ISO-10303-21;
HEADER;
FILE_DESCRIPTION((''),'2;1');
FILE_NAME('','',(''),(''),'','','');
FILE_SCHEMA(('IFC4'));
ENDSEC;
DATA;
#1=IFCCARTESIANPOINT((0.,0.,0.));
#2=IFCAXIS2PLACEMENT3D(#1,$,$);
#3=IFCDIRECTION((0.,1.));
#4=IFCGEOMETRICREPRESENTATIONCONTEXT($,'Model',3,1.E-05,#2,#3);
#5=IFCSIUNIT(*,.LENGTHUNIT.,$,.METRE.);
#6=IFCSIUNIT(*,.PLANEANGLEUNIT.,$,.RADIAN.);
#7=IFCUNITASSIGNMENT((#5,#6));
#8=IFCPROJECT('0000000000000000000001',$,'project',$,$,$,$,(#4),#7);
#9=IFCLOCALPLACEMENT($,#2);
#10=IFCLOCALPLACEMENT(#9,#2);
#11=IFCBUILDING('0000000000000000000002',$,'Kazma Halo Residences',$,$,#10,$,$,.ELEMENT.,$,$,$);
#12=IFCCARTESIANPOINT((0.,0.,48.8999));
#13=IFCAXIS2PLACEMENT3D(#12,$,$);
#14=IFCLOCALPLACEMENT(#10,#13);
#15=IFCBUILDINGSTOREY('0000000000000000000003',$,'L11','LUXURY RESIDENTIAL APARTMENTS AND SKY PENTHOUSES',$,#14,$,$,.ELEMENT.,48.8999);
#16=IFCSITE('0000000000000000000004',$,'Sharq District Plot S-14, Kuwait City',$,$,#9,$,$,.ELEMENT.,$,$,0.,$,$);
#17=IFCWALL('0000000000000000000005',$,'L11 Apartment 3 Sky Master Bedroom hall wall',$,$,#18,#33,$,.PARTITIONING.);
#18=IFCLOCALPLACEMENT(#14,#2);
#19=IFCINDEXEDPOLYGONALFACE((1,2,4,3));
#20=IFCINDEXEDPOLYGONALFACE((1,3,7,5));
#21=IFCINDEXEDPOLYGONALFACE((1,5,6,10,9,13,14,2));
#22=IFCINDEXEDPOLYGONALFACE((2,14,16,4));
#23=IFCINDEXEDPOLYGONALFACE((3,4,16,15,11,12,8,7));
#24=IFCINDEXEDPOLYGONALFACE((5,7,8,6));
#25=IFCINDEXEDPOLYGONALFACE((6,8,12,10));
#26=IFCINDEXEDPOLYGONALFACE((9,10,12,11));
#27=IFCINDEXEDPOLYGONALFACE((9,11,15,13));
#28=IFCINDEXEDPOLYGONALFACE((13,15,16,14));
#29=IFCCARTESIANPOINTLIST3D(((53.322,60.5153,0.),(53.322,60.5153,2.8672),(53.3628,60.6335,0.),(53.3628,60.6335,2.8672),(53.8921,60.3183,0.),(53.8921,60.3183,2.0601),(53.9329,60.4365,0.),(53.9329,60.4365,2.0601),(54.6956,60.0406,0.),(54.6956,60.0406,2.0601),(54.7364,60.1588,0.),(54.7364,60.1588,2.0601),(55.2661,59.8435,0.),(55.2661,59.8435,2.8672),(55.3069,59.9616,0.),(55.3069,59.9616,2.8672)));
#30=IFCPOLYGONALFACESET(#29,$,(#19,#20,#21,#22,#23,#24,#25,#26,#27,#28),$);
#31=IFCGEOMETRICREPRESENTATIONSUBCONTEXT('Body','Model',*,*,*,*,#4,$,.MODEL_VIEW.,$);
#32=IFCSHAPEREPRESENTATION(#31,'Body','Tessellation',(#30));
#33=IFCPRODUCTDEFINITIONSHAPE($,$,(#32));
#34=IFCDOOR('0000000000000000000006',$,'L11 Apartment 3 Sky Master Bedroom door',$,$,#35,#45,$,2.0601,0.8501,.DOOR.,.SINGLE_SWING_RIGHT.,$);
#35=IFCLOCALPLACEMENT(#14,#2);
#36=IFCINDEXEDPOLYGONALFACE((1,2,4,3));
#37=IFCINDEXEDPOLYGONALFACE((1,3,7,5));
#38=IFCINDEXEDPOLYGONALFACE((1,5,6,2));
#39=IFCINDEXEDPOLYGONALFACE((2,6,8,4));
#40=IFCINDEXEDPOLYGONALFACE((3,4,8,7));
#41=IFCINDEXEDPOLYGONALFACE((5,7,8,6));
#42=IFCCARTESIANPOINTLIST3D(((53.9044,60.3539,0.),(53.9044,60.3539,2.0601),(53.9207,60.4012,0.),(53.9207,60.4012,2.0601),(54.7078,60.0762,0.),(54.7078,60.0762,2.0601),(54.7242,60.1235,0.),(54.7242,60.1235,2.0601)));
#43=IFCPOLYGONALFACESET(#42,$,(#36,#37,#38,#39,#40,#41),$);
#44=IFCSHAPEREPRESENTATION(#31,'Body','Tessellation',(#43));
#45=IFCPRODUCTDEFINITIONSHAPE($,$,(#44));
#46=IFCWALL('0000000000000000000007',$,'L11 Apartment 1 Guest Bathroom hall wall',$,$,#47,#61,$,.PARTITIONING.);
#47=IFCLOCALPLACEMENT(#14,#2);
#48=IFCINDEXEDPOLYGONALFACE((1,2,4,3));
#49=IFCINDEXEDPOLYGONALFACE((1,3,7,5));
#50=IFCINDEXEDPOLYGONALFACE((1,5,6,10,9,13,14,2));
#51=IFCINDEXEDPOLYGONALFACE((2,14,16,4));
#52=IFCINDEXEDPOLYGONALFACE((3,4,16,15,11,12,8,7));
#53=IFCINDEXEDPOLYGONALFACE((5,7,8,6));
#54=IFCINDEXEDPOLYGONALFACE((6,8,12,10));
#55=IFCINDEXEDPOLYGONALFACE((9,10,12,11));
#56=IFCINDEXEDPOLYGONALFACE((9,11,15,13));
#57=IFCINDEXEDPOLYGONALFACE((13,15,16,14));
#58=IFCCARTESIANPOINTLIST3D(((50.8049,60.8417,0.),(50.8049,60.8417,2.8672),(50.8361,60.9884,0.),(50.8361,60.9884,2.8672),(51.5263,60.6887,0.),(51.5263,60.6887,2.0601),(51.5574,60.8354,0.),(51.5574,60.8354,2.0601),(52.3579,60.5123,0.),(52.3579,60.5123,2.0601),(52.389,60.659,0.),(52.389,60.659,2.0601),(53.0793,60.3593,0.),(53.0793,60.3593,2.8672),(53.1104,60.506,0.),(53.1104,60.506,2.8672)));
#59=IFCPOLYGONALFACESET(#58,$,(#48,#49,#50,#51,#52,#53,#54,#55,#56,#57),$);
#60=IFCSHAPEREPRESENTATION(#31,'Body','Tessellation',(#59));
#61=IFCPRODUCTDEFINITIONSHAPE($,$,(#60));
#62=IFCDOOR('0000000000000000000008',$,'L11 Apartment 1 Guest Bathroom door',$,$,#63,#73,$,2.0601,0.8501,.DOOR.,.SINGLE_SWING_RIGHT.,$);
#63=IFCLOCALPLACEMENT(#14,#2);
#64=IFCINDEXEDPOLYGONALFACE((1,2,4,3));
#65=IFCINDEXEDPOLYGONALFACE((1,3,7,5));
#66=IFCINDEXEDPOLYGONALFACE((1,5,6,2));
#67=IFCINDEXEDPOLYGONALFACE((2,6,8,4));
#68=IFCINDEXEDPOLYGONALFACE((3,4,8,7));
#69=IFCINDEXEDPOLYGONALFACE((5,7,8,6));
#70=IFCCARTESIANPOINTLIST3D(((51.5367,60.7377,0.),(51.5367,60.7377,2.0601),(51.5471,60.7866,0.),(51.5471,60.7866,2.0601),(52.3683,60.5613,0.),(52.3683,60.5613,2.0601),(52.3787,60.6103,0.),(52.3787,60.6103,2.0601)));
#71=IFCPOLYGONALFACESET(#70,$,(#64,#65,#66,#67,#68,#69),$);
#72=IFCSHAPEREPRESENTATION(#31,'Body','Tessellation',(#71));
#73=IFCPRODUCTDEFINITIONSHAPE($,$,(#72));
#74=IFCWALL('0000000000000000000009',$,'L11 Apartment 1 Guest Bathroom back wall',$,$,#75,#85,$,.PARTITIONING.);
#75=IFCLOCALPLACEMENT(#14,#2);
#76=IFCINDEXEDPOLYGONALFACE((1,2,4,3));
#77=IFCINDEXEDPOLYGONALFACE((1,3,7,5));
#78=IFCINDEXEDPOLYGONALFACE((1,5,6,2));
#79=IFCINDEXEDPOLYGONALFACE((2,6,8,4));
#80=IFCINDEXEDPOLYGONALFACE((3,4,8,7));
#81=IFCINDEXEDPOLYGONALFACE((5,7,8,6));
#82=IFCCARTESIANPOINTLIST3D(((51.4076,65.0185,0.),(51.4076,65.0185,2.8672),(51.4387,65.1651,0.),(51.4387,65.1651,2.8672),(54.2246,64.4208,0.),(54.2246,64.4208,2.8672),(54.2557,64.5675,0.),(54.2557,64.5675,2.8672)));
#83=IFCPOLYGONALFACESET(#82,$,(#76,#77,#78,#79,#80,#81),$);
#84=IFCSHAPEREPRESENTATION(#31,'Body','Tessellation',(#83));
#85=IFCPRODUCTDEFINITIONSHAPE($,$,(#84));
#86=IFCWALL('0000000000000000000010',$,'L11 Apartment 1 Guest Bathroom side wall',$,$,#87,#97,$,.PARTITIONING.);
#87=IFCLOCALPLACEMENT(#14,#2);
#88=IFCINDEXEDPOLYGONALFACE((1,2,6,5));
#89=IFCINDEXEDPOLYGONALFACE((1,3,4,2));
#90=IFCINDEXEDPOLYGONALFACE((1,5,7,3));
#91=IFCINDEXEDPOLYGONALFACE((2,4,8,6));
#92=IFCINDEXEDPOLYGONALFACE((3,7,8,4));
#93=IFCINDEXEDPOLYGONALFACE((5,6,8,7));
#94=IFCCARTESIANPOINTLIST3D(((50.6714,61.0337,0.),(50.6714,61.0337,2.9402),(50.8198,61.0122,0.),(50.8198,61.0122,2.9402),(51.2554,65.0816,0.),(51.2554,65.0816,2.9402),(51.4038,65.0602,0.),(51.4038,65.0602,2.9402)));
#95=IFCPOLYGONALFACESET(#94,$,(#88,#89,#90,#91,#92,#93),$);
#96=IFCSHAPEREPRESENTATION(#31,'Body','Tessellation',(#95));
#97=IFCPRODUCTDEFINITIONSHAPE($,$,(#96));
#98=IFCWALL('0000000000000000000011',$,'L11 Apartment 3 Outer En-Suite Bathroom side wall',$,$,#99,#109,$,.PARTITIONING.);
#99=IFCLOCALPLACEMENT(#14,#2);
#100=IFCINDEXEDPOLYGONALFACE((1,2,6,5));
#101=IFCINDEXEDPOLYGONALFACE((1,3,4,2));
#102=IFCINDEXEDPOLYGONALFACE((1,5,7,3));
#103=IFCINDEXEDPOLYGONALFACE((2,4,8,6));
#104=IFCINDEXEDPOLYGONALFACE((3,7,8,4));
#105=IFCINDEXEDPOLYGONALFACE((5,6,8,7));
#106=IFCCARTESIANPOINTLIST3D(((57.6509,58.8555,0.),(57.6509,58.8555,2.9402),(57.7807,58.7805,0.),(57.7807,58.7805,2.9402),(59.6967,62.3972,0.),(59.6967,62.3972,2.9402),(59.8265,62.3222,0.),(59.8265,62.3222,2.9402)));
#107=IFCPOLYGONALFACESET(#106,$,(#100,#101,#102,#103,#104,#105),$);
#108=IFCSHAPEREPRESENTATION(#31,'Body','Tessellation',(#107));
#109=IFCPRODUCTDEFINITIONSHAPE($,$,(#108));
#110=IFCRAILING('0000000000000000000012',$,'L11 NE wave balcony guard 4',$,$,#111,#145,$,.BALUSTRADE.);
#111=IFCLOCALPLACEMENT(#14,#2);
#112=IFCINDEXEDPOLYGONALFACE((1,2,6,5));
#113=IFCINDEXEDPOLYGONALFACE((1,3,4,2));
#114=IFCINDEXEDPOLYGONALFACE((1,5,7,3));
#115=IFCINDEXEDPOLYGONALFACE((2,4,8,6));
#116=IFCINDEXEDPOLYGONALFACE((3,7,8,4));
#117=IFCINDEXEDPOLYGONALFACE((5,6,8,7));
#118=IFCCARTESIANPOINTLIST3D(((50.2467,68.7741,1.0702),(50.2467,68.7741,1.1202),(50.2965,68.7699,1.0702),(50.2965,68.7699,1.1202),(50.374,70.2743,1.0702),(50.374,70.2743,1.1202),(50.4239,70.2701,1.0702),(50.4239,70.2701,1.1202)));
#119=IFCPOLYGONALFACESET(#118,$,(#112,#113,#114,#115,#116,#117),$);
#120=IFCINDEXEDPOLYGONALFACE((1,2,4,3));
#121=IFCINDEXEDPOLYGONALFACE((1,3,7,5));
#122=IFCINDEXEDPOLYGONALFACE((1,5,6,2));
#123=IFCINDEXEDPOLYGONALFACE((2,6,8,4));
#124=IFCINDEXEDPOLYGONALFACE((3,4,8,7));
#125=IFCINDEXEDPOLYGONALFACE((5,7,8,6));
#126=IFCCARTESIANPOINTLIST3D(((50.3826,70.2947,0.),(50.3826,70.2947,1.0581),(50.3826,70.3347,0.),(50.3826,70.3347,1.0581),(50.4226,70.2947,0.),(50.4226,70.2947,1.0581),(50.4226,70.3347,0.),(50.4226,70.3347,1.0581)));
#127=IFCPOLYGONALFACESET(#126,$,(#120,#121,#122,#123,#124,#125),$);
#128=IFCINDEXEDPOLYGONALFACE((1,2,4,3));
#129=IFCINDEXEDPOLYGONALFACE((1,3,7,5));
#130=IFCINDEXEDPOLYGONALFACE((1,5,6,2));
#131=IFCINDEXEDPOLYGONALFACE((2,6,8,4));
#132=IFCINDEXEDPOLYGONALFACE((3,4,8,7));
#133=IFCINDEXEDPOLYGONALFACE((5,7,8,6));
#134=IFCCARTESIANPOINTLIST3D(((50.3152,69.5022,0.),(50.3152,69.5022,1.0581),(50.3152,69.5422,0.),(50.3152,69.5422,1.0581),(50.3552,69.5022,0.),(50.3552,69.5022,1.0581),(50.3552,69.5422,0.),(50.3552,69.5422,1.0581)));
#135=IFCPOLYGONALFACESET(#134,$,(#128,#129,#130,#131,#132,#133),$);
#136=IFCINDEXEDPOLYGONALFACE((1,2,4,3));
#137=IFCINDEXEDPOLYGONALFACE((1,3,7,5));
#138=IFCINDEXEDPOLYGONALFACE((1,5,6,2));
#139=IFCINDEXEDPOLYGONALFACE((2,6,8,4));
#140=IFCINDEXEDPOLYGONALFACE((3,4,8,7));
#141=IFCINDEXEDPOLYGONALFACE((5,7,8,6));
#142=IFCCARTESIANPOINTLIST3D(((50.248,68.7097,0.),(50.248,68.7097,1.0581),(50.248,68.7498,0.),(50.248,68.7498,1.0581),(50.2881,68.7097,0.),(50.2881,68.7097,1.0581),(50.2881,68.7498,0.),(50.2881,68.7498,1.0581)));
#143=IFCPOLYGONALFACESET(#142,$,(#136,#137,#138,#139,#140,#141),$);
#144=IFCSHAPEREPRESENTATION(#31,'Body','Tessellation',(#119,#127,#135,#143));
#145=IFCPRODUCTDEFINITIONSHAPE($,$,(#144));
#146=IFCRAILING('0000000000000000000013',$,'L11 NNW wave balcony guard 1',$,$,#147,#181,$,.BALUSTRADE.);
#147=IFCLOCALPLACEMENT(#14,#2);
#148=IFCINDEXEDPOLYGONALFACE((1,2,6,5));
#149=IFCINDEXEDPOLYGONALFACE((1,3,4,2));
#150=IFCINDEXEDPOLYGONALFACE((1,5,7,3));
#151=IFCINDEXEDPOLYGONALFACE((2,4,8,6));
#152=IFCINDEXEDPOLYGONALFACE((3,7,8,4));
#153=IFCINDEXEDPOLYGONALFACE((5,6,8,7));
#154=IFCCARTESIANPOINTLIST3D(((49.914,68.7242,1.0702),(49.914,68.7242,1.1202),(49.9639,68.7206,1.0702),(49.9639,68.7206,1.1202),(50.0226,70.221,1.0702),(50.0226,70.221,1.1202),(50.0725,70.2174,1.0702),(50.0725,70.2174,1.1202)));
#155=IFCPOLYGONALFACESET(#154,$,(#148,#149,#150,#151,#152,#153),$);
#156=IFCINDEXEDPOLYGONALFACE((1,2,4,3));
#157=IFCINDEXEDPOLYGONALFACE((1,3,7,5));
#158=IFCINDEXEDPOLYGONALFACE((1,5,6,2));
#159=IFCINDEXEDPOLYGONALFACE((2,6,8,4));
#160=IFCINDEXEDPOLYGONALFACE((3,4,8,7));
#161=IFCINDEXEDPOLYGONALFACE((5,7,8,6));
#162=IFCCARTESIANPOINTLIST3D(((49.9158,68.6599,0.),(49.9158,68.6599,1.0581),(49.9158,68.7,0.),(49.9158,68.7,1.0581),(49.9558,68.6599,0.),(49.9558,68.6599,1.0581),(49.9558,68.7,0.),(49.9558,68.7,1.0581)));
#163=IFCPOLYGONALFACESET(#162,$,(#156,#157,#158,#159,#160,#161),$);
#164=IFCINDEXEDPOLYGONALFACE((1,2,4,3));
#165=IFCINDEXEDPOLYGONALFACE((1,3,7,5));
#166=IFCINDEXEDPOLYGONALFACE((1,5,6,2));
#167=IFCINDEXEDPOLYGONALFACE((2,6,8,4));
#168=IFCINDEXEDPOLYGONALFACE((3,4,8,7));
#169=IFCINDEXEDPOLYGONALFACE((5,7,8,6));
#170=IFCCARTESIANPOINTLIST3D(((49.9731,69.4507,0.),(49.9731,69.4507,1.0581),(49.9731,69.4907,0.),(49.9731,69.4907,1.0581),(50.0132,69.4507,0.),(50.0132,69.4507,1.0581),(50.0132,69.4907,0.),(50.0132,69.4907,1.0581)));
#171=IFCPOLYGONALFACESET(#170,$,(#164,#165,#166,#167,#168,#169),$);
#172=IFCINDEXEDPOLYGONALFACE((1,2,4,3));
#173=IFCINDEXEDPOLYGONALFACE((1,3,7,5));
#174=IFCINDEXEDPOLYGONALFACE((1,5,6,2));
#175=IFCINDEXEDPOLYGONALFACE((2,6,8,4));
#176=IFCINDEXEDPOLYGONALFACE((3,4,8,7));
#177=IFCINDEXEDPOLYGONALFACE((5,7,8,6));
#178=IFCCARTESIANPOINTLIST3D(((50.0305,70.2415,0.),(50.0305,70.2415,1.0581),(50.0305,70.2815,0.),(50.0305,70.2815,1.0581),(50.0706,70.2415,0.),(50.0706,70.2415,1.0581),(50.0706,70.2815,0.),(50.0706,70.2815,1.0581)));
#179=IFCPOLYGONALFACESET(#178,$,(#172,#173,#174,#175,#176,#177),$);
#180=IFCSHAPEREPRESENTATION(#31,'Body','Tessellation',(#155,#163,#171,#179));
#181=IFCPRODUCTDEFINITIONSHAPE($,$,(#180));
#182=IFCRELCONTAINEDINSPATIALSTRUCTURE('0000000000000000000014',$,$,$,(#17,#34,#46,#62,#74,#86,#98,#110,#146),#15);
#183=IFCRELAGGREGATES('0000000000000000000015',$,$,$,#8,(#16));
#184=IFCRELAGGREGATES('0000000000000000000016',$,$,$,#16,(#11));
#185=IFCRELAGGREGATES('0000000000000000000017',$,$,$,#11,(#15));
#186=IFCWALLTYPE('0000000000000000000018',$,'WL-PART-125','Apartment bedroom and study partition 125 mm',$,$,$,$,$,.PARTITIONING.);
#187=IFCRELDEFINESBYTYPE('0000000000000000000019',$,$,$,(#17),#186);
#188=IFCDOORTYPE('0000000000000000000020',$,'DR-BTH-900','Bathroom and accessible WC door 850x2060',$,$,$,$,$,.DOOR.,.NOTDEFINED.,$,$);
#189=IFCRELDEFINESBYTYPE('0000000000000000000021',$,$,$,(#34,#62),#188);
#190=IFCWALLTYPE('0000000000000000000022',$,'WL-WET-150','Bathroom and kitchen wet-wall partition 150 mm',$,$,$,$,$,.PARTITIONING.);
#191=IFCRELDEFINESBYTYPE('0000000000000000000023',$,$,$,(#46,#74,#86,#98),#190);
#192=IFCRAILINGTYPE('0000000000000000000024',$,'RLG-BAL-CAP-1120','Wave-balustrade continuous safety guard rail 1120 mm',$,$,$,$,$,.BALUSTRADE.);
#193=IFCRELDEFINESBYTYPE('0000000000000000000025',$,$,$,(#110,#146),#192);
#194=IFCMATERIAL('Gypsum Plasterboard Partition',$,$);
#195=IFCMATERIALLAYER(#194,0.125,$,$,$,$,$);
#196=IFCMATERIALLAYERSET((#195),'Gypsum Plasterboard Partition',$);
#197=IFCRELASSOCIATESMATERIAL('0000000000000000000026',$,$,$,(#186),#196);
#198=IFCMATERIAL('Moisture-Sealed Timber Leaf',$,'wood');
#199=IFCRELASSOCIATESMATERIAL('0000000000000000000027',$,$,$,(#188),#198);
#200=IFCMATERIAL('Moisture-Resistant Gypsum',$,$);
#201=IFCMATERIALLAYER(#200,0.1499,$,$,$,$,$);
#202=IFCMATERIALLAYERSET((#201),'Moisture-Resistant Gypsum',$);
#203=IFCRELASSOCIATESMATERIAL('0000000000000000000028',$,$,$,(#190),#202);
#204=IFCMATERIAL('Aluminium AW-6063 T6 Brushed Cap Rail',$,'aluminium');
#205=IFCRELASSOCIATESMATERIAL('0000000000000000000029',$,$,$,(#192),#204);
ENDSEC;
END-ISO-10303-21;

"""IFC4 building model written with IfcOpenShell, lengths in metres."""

from ifc_helpers import new_model, si_unit, direction, frame, frame_2d, origin, origin_2d, place, context, subcontext, project, spatial, rectangle, extrude, material, layer, layer_set, type_object, element, fill, save


model = new_model("IFC4")

# Units and contexts
model_context = context("Model", 3, precision=1e-05, world=origin(), true_north=direction((0.0, 1.0)))
body_context = subcontext(model_context, "Body", "Model", "MODEL_VIEW")
ifc_project = project(units=[si_unit("LENGTHUNIT", "METRE"), si_unit("PLANEANGLEUNIT", "RADIAN")], contexts=[model_context])

# Site, building, storey
site_placement = place(None, origin())
site = spatial("IfcSite", under=ifc_project, at=site_placement, Name="Sharq District Plot S-14, Kuwait City", CompositionType="ELEMENT", RefElevation=0.0)
building_placement = place(site_placement, origin())
building = spatial("IfcBuilding", under=site, at=building_placement, Name="Kazma Halo Residences", CompositionType="ELEMENT")
storey_placement = place(building_placement, frame((0.0, 0.0, 48.8999)))
storey = spatial("IfcBuildingStorey", under=building, at=storey_placement, Name="L11", Description="LUXURY RESIDENTIAL APARTMENTS AND SKY PENTHOUSES", CompositionType="ELEMENT", Elevation=48.8999)

# Shared definitions
ifc_material_1 = material(Name="Gypsum Plasterboard Partition")
ifc_layer_1 = layer(ifc_material_1, 0.125)
ifc_layer_set_1 = layer_set([ifc_layer_1], Name="Gypsum Plasterboard Partition")
wall_type_1 = type_object("IfcWallType", Name="WL-PART-125", Description="Apartment bedroom and study partition 125 mm", PredefinedType="PARTITIONING", material=ifc_layer_set_1)
ifc_material_2 = material(Name="Moisture-Sealed Timber Leaf", Category="wood")
door_type = type_object("IfcDoorType", Name="DR-BTH-900", Description="Bathroom and accessible WC door 850x2060", OperationType="NOTDEFINED", PredefinedType="DOOR", material=ifc_material_2)

# Walls, openings, doors
wall_1_placement = place(storey_placement, frame((55.2864, 59.9026, 0.0), z_axis=(0.0, 0.0, 1.0), x_axis=(-0.945148, 0.326642, 0.0)))
wall_1 = element("IfcWall", 1, at=wall_1_placement, inside=storey, type_object=wall_type_1, Name="L11 Apartment 3 Sky Master Bedroom hall wall", PredefinedType="PARTITIONING", context=body_context, shape_type="SweptSolid", body=[
    extrude(rectangle(XDim=2.0569, YDim=0.125, at=frame_2d((1.0283, 0.0))), origin(), (0.0, 0.0, 1.0), 2.8672),
])
opening_1_placement = place(wall_1_placement, frame((0.6035, 0.0, 0.0)))
opening_1 = element("IfcOpeningElement", 2, at=opening_1_placement, cuts=wall_1, PredefinedType="OPENING", context=body_context, shape_type="SweptSolid", body=[
    extrude(rectangle(XDim=0.8501, YDim=2.0601, at=frame_2d((0.425, 1.03))), frame((0.0, 0.0725, 0.0), z_axis=(0.0, -1.0, 0.0), x_axis=(1.0, 0.0, 0.0)), (0.0, 0.0, 1.0), 0.145),
])
door_1_placement = place(opening_1_placement, origin())
door_1 = element("IfcDoor", 3, at=door_1_placement, inside=storey, type_object=door_type, Name="L11 Apartment 3 Sky Master Bedroom door", OperationType="SINGLE_SWING_RIGHT", OverallHeight=2.0601, OverallWidth=0.8501, PredefinedType="DOOR", context=body_context, shape_type="SweptSolid", body=[
    extrude(rectangle(XDim=0.8501, YDim=2.0601, at=frame_2d((0.425, 1.03))), frame((0.0, 0.0249, 0.0), z_axis=(0.0, -1.0, 0.0), x_axis=(1.0, 0.0, 0.0)), (0.0, 0.0, 1.0), 0.05),
])
fill(opening_1, door_1)
ifc_material_3 = material(Name="Moisture-Resistant Gypsum")
ifc_layer_2 = layer(ifc_material_3, 0.1499)
ifc_layer_set_2 = layer_set([ifc_layer_2], Name="Moisture-Resistant Gypsum")
wall_type_2 = type_object("IfcWallType", Name="WL-WET-150", Description="Bathroom and kitchen wet-wall partition 150 mm", PredefinedType="PARTITIONING", material=ifc_layer_set_2)
wall_2_placement = place(storey_placement, frame((53.095, 60.4326, 0.0), z_axis=(0.0, 0.0, 1.0), x_axis=(-0.978237, 0.207492, 0.0)))
wall_2 = element("IfcWall", 4, at=wall_2_placement, inside=storey, type_object=wall_type_2, Name="L11 Apartment 1 Guest Bathroom hall wall", PredefinedType="PARTITIONING", context=body_context, shape_type="SweptSolid", body=[
    extrude(rectangle(XDim=2.325, YDim=0.1499, at=frame_2d((1.1626, 0.0))), origin(), (0.0, 0.0, 1.0), 2.8672),
])
opening_2_placement = place(wall_2_placement, frame((0.7375, 0.0, 0.0)))
opening_2 = element("IfcOpeningElement", 5, at=opening_2_placement, cuts=wall_2, PredefinedType="OPENING", context=body_context, shape_type="SweptSolid", body=[
    extrude(rectangle(XDim=0.8501, YDim=2.0601, at=frame_2d((0.425, 1.03))), frame((0.0, 0.085, 0.0), z_axis=(0.0, -1.0, 0.0), x_axis=(1.0, 0.0, 0.0)), (0.0, 0.0, 1.0), 0.1699),
])
door_2_placement = place(opening_2_placement, origin())
door_2 = element("IfcDoor", 6, at=door_2_placement, inside=storey, type_object=door_type, Name="L11 Apartment 1 Guest Bathroom door", OperationType="SINGLE_SWING_RIGHT", OverallHeight=2.0601, OverallWidth=0.8501, PredefinedType="DOOR", context=body_context, shape_type="SweptSolid", body=[
    extrude(rectangle(XDim=0.8501, YDim=2.0601, at=frame_2d((0.425, 1.03))), frame((0.0, 0.0249, 0.0), z_axis=(0.0, -1.0, 0.0), x_axis=(1.0, 0.0, 0.0)), (0.0, 0.0, 1.0), 0.05),
])
fill(opening_2, door_2)

# Walls
wall_3_placement = place(storey_placement, frame((54.2402, 64.4941, 0.0), z_axis=(0.0, 0.0, 1.0), x_axis=(-0.978225, 0.207548, 0.0)))
element("IfcWall", 7, at=wall_3_placement, inside=storey, type_object=wall_type_2, Name="L11 Apartment 1 Guest Bathroom back wall", PredefinedType="PARTITIONING", context=body_context, shape_type="SweptSolid", body=[
    extrude(rectangle(XDim=2.8796, YDim=0.1499, at=frame_2d((1.4399, 0.0))), origin(), (0.0, 0.0, 1.0), 2.8672),
])
wall_4_placement = place(storey_placement, frame((50.7456, 61.0229, 0.0), z_axis=(0.0, 0.0, 1.0), x_axis=(0.142792, 0.989753, 0.0)))
element("IfcWall", 8, at=wall_4_placement, inside=storey, type_object=wall_type_2, Name="L11 Apartment 1 Guest Bathroom side wall", PredefinedType="PARTITIONING", context=body_context, shape_type="SweptSolid", body=[
    extrude(rectangle(XDim=4.0898, YDim=0.1499, at=frame_2d((2.0449, 0.0))), origin(), (0.0, 0.0, 1.0), 2.9402),
])
wall_5_placement = place(storey_placement, frame((57.7158, 58.8181, 0.0), z_axis=(0.0, 0.0, 1.0), x_axis=(0.500196, 0.865912, 0.0)))
element("IfcWall", 9, at=wall_5_placement, inside=storey, type_object=wall_type_2, Name="L11 Apartment 3 Outer En-Suite Bathroom side wall", PredefinedType="PARTITIONING", context=body_context, shape_type="SweptSolid", body=[
    extrude(rectangle(XDim=4.0901, YDim=0.1499, at=frame_2d((2.0449, 0.0))), origin(), (0.0, 0.0, 1.0), 2.9402),
])

# Railings
ifc_material_4 = material(Name="Aluminium AW-6063 T6 Brushed Cap Rail", Category="aluminium")
railing_type = type_object("IfcRailingType", Name="RLG-BAL-CAP-1120", Description="Wave-balustrade continuous safety guard rail 1120 mm", PredefinedType="BALUSTRADE", material=ifc_material_4)
railing_1_placement = place(storey_placement, frame((50.4026, 70.3147, 0.0)))
element("IfcRailing", 10, at=railing_1_placement, inside=storey, type_object=railing_type, Name="L11 NE wave balcony guard 4", PredefinedType="BALUSTRADE", context=body_context, shape_type="SweptSolid", body=[
    extrude(rectangle(XDim=0.05, YDim=0.05, at=origin_2d()), frame((-0.0037, -0.0425, 1.0952), z_axis=(-0.08457, -0.996418, 0.0), x_axis=(0.996418, -0.08457, 0.0)), (0.0, 0.0, 1.0), 1.5056),
    extrude(rectangle(XDim=0.04, YDim=0.04, at=origin_2d()), origin(), (0.0, 0.0, 1.0), 1.0581),
    extrude(rectangle(XDim=0.04, YDim=0.04, at=origin_2d()), frame((-0.0674, -0.7925, 0.0)), (0.0, 0.0, 1.0), 1.0581),
    extrude(rectangle(XDim=0.04, YDim=0.04, at=origin_2d()), frame((-0.1345, -1.585, 0.0)), (0.0, 0.0, 1.0), 1.0581),
])
railing_2_placement = place(storey_placement, frame((49.9358, 68.6799, 0.0)))
element("IfcRailing", 11, at=railing_2_placement, inside=storey, type_object=railing_type, Name="L11 NNW wave balcony guard 1", PredefinedType="BALUSTRADE", context=body_context, shape_type="SweptSolid", body=[
    extrude(rectangle(XDim=0.05, YDim=0.05, at=origin_2d()), frame((0.0032, 0.0425, 1.0952), z_axis=(0.072363, 0.997378, 0.0), x_axis=(-0.997378, 0.072363, 0.0)), (0.0, 0.0, 1.0), 1.5007),
    extrude(rectangle(XDim=0.04, YDim=0.04, at=origin_2d()), origin(), (0.0, 0.0, 1.0), 1.0581),
    extrude(rectangle(XDim=0.04, YDim=0.04, at=origin_2d()), frame((0.0574, 0.7908, 0.0)), (0.0, 0.0, 1.0), 1.0581),
    extrude(rectangle(XDim=0.04, YDim=0.04, at=origin_2d()), frame((0.1147, 1.5815, 0.0)), (0.0, 0.0, 1.0), 1.0581),
])

save(model, "model.ifc")
